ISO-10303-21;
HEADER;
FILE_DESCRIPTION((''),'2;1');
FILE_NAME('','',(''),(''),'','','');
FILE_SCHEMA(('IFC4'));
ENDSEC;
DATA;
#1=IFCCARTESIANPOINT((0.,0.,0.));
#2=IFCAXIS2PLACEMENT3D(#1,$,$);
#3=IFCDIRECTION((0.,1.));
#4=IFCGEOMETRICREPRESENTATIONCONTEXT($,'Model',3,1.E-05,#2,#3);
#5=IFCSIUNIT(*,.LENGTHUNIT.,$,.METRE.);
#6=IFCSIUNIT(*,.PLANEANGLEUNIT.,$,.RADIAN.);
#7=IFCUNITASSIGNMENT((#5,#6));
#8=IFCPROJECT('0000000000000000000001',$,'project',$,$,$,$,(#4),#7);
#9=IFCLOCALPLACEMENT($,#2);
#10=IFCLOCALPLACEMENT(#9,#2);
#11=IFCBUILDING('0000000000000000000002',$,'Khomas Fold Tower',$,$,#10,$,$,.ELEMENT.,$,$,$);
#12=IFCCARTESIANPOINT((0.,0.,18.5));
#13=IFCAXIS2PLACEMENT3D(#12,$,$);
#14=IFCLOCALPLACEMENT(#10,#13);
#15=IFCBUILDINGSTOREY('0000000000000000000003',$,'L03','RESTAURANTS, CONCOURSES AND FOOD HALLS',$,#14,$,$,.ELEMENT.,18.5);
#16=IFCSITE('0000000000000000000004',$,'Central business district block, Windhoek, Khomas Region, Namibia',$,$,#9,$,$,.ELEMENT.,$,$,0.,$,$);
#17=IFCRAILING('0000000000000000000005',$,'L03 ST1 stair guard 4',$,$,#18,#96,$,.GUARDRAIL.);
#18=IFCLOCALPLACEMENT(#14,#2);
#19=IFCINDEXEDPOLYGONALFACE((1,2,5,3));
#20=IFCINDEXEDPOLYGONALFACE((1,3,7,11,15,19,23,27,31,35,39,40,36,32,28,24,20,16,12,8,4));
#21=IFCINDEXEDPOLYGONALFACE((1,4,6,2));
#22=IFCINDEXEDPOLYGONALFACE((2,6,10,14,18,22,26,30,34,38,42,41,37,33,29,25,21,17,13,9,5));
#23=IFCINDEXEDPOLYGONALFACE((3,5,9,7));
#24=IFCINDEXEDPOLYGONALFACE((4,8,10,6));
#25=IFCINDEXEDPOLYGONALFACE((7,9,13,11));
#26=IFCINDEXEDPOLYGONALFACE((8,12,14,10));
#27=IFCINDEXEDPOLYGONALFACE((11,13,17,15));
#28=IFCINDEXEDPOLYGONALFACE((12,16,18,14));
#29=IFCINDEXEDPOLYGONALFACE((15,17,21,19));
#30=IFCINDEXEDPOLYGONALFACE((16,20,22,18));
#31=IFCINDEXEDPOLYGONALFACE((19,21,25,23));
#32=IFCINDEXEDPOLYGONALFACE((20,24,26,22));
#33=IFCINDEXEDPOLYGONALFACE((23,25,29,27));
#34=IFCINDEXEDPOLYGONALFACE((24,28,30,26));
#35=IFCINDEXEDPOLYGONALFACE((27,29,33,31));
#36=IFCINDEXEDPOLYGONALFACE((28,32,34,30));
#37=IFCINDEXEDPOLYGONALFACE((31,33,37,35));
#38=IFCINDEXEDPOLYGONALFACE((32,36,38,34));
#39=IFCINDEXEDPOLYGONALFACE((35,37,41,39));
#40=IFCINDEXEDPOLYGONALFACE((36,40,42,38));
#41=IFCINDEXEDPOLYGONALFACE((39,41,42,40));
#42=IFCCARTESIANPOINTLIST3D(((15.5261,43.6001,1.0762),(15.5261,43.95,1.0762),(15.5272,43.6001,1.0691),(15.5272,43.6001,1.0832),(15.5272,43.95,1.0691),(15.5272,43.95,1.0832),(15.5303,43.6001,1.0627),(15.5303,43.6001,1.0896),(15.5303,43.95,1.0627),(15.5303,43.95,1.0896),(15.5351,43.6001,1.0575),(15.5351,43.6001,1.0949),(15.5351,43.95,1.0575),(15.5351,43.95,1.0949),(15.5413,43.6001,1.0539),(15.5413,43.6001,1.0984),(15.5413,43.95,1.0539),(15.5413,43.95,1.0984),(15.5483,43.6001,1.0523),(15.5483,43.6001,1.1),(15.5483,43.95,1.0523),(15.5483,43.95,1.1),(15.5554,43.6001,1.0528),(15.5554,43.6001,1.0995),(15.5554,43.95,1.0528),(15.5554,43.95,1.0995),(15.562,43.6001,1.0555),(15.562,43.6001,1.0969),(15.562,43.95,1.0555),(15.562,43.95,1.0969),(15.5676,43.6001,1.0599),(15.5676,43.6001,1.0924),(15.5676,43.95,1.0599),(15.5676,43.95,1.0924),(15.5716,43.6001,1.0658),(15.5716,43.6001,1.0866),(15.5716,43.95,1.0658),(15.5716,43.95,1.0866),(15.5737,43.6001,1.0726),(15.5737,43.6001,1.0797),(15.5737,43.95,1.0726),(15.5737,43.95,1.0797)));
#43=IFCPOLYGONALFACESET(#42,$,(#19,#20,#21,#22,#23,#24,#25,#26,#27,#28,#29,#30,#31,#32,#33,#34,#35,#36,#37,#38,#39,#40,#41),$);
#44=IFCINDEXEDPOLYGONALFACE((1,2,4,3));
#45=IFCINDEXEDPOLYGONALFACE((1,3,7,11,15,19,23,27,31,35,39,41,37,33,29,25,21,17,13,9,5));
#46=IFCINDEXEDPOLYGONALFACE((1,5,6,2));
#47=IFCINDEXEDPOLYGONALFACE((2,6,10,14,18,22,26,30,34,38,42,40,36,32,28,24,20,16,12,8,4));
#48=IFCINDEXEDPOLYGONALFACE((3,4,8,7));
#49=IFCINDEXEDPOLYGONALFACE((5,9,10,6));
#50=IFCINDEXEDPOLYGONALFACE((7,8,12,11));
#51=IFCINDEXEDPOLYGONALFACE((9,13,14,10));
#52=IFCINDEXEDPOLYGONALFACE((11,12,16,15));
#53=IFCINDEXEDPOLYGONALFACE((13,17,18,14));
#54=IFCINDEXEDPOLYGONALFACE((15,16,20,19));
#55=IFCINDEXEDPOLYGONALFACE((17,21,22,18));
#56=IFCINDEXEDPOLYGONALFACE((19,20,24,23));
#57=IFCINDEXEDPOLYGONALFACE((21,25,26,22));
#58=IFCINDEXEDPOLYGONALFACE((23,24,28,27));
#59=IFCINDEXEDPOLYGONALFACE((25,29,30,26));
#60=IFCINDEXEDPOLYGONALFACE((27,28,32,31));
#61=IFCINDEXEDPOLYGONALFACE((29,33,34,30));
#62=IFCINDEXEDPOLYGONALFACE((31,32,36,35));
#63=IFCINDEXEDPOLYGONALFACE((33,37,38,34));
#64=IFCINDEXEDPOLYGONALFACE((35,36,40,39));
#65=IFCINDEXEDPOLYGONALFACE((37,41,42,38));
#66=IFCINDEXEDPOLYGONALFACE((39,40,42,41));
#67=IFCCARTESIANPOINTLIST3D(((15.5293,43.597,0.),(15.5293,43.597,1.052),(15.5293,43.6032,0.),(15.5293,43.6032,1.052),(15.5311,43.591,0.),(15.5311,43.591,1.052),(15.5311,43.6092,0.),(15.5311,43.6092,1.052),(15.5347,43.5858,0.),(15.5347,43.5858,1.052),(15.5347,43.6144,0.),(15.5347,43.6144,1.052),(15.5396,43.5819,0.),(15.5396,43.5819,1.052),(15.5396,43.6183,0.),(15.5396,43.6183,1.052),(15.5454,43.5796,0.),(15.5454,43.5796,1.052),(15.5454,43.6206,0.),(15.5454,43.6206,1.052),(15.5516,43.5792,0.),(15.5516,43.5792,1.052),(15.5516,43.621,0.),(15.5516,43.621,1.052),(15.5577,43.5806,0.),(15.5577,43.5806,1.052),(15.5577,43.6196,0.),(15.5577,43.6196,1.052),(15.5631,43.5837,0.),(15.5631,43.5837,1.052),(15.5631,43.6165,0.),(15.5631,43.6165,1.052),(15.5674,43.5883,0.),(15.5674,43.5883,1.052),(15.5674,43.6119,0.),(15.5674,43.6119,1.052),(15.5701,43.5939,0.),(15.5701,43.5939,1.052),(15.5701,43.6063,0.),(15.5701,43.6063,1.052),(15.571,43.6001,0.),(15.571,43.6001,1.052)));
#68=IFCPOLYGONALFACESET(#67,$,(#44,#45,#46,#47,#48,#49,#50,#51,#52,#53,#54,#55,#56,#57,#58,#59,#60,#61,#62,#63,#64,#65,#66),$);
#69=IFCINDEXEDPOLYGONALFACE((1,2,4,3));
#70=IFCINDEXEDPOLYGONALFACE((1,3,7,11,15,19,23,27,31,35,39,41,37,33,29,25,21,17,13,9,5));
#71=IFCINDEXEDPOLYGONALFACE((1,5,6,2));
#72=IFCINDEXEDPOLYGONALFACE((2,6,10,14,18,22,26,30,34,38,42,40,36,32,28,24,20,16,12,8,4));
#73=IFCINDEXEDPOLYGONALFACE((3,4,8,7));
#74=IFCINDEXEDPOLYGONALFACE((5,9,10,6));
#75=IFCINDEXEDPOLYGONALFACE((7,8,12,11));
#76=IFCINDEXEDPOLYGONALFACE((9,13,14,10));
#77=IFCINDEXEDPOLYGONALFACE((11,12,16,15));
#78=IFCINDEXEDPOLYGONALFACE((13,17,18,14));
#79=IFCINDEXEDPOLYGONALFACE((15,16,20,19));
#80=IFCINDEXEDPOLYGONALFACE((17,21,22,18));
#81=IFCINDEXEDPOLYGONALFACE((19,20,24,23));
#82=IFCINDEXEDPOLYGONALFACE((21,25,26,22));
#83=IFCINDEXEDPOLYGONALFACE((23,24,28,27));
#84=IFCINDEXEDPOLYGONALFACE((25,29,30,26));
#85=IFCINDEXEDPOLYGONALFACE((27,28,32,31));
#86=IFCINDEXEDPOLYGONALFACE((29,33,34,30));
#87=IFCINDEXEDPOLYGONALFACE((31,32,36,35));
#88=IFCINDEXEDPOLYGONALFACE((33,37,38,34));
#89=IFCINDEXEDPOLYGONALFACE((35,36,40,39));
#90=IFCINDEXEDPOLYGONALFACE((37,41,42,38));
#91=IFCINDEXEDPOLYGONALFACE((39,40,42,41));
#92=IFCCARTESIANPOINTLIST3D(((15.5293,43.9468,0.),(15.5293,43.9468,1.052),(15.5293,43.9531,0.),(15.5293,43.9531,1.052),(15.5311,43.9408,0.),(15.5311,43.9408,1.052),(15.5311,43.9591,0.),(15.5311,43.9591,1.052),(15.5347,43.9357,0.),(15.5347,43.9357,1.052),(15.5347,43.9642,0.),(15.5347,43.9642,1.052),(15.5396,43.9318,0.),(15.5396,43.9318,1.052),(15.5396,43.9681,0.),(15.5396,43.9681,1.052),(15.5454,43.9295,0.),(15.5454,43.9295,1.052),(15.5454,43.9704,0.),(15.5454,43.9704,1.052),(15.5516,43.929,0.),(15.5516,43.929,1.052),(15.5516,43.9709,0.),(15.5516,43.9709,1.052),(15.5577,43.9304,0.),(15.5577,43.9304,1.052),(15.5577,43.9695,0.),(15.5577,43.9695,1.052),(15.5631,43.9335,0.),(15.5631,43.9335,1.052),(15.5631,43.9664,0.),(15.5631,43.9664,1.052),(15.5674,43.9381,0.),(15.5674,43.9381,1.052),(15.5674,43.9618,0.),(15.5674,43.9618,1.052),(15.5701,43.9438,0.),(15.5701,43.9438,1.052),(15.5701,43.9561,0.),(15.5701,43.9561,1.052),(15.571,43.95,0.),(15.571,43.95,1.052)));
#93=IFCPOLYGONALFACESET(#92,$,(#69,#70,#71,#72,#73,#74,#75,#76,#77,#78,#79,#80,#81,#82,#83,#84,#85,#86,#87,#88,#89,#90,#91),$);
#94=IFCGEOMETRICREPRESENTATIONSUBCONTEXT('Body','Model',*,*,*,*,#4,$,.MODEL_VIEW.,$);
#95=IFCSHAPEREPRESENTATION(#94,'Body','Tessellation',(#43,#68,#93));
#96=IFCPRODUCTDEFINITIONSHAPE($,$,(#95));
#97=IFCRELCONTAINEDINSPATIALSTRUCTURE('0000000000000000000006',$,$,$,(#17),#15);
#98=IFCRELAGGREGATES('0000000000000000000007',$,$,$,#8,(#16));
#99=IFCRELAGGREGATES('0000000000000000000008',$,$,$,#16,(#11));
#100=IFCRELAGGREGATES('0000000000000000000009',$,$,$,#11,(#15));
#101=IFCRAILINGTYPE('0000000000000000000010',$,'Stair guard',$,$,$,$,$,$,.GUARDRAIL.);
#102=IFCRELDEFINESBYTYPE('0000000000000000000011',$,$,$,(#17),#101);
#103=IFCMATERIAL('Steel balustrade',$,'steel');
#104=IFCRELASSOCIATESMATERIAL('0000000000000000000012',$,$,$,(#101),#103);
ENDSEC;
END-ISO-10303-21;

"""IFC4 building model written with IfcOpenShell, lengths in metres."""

from ifc_helpers import new_model, si_unit, direction, frame, origin, origin_2d, place, context, subcontext, project, spatial, circle, extrude, source, transform, mapped, material, type_object, element, save


model = new_model("IFC4")

# Units and contexts
model_context = context("Model", 3, precision=1e-05, world=origin(), true_north=direction((0.0, 1.0)))
body_context = subcontext(model_context, "Body", "Model", "MODEL_VIEW")
ifc_project = project(units=[si_unit("LENGTHUNIT", "METRE"), si_unit("PLANEANGLEUNIT", "RADIAN")], contexts=[model_context])

# Site, building, storey
site_placement = place(None, origin())
site = spatial("IfcSite", under=ifc_project, at=site_placement, Name="Central business district block, Windhoek, Khomas Region, Namibia", CompositionType="ELEMENT", RefElevation=0.0)
building_placement = place(site_placement, origin())
building = spatial("IfcBuilding", under=site, at=building_placement, Name="Khomas Fold Tower", CompositionType="ELEMENT")
storey_placement = place(building_placement, frame((0.0, 0.0, 18.5)))
storey = spatial("IfcBuildingStorey", under=building, at=storey_placement, Name="L03", Description="RESTAURANTS, CONCOURSES AND FOOD HALLS", CompositionType="ELEMENT", Elevation=18.5)

# Railing
ifc_material_1 = material(Name="Steel balustrade", Category="steel")
railing_type_1 = type_object("IfcRailingType", Name="Stair guard", PredefinedType="GUARDRAIL", material=ifc_material_1)
shared_shape_1 = source(origin(), body_context, "Body", "SweptSolid", [
    extrude(circle(Radius=0.0239, at=origin_2d()), frame((0.0, 0.0, 1.0762), z_axis=(0.0, 1.0, 0.0), x_axis=(-1.0, 0.0, 0.0)), (0.0, 0.0, 1.0), 0.3499),
    extrude(circle(Radius=0.021, at=origin_2d()), origin(), (0.0, 0.0, 1.0), 1.052),
    extrude(circle(Radius=0.021, at=origin_2d()), frame((0.0, 0.3499, 0.0)), (0.0, 0.0, 1.0), 1.052),
])
railing_1_placement = place(storey_placement, frame((15.55, 43.6001, 0.0)))
element("IfcRailing", 1, at=railing_1_placement, inside=storey, type_object=railing_type_1, Name="L03 ST1 stair guard 4", PredefinedType="GUARDRAIL", context=body_context, shape_type="MappedRepresentation", body=[
    mapped(shared_shape_1, transform((0.0, 0.0, 0.0))),
])

save(model, "model.ifc")
